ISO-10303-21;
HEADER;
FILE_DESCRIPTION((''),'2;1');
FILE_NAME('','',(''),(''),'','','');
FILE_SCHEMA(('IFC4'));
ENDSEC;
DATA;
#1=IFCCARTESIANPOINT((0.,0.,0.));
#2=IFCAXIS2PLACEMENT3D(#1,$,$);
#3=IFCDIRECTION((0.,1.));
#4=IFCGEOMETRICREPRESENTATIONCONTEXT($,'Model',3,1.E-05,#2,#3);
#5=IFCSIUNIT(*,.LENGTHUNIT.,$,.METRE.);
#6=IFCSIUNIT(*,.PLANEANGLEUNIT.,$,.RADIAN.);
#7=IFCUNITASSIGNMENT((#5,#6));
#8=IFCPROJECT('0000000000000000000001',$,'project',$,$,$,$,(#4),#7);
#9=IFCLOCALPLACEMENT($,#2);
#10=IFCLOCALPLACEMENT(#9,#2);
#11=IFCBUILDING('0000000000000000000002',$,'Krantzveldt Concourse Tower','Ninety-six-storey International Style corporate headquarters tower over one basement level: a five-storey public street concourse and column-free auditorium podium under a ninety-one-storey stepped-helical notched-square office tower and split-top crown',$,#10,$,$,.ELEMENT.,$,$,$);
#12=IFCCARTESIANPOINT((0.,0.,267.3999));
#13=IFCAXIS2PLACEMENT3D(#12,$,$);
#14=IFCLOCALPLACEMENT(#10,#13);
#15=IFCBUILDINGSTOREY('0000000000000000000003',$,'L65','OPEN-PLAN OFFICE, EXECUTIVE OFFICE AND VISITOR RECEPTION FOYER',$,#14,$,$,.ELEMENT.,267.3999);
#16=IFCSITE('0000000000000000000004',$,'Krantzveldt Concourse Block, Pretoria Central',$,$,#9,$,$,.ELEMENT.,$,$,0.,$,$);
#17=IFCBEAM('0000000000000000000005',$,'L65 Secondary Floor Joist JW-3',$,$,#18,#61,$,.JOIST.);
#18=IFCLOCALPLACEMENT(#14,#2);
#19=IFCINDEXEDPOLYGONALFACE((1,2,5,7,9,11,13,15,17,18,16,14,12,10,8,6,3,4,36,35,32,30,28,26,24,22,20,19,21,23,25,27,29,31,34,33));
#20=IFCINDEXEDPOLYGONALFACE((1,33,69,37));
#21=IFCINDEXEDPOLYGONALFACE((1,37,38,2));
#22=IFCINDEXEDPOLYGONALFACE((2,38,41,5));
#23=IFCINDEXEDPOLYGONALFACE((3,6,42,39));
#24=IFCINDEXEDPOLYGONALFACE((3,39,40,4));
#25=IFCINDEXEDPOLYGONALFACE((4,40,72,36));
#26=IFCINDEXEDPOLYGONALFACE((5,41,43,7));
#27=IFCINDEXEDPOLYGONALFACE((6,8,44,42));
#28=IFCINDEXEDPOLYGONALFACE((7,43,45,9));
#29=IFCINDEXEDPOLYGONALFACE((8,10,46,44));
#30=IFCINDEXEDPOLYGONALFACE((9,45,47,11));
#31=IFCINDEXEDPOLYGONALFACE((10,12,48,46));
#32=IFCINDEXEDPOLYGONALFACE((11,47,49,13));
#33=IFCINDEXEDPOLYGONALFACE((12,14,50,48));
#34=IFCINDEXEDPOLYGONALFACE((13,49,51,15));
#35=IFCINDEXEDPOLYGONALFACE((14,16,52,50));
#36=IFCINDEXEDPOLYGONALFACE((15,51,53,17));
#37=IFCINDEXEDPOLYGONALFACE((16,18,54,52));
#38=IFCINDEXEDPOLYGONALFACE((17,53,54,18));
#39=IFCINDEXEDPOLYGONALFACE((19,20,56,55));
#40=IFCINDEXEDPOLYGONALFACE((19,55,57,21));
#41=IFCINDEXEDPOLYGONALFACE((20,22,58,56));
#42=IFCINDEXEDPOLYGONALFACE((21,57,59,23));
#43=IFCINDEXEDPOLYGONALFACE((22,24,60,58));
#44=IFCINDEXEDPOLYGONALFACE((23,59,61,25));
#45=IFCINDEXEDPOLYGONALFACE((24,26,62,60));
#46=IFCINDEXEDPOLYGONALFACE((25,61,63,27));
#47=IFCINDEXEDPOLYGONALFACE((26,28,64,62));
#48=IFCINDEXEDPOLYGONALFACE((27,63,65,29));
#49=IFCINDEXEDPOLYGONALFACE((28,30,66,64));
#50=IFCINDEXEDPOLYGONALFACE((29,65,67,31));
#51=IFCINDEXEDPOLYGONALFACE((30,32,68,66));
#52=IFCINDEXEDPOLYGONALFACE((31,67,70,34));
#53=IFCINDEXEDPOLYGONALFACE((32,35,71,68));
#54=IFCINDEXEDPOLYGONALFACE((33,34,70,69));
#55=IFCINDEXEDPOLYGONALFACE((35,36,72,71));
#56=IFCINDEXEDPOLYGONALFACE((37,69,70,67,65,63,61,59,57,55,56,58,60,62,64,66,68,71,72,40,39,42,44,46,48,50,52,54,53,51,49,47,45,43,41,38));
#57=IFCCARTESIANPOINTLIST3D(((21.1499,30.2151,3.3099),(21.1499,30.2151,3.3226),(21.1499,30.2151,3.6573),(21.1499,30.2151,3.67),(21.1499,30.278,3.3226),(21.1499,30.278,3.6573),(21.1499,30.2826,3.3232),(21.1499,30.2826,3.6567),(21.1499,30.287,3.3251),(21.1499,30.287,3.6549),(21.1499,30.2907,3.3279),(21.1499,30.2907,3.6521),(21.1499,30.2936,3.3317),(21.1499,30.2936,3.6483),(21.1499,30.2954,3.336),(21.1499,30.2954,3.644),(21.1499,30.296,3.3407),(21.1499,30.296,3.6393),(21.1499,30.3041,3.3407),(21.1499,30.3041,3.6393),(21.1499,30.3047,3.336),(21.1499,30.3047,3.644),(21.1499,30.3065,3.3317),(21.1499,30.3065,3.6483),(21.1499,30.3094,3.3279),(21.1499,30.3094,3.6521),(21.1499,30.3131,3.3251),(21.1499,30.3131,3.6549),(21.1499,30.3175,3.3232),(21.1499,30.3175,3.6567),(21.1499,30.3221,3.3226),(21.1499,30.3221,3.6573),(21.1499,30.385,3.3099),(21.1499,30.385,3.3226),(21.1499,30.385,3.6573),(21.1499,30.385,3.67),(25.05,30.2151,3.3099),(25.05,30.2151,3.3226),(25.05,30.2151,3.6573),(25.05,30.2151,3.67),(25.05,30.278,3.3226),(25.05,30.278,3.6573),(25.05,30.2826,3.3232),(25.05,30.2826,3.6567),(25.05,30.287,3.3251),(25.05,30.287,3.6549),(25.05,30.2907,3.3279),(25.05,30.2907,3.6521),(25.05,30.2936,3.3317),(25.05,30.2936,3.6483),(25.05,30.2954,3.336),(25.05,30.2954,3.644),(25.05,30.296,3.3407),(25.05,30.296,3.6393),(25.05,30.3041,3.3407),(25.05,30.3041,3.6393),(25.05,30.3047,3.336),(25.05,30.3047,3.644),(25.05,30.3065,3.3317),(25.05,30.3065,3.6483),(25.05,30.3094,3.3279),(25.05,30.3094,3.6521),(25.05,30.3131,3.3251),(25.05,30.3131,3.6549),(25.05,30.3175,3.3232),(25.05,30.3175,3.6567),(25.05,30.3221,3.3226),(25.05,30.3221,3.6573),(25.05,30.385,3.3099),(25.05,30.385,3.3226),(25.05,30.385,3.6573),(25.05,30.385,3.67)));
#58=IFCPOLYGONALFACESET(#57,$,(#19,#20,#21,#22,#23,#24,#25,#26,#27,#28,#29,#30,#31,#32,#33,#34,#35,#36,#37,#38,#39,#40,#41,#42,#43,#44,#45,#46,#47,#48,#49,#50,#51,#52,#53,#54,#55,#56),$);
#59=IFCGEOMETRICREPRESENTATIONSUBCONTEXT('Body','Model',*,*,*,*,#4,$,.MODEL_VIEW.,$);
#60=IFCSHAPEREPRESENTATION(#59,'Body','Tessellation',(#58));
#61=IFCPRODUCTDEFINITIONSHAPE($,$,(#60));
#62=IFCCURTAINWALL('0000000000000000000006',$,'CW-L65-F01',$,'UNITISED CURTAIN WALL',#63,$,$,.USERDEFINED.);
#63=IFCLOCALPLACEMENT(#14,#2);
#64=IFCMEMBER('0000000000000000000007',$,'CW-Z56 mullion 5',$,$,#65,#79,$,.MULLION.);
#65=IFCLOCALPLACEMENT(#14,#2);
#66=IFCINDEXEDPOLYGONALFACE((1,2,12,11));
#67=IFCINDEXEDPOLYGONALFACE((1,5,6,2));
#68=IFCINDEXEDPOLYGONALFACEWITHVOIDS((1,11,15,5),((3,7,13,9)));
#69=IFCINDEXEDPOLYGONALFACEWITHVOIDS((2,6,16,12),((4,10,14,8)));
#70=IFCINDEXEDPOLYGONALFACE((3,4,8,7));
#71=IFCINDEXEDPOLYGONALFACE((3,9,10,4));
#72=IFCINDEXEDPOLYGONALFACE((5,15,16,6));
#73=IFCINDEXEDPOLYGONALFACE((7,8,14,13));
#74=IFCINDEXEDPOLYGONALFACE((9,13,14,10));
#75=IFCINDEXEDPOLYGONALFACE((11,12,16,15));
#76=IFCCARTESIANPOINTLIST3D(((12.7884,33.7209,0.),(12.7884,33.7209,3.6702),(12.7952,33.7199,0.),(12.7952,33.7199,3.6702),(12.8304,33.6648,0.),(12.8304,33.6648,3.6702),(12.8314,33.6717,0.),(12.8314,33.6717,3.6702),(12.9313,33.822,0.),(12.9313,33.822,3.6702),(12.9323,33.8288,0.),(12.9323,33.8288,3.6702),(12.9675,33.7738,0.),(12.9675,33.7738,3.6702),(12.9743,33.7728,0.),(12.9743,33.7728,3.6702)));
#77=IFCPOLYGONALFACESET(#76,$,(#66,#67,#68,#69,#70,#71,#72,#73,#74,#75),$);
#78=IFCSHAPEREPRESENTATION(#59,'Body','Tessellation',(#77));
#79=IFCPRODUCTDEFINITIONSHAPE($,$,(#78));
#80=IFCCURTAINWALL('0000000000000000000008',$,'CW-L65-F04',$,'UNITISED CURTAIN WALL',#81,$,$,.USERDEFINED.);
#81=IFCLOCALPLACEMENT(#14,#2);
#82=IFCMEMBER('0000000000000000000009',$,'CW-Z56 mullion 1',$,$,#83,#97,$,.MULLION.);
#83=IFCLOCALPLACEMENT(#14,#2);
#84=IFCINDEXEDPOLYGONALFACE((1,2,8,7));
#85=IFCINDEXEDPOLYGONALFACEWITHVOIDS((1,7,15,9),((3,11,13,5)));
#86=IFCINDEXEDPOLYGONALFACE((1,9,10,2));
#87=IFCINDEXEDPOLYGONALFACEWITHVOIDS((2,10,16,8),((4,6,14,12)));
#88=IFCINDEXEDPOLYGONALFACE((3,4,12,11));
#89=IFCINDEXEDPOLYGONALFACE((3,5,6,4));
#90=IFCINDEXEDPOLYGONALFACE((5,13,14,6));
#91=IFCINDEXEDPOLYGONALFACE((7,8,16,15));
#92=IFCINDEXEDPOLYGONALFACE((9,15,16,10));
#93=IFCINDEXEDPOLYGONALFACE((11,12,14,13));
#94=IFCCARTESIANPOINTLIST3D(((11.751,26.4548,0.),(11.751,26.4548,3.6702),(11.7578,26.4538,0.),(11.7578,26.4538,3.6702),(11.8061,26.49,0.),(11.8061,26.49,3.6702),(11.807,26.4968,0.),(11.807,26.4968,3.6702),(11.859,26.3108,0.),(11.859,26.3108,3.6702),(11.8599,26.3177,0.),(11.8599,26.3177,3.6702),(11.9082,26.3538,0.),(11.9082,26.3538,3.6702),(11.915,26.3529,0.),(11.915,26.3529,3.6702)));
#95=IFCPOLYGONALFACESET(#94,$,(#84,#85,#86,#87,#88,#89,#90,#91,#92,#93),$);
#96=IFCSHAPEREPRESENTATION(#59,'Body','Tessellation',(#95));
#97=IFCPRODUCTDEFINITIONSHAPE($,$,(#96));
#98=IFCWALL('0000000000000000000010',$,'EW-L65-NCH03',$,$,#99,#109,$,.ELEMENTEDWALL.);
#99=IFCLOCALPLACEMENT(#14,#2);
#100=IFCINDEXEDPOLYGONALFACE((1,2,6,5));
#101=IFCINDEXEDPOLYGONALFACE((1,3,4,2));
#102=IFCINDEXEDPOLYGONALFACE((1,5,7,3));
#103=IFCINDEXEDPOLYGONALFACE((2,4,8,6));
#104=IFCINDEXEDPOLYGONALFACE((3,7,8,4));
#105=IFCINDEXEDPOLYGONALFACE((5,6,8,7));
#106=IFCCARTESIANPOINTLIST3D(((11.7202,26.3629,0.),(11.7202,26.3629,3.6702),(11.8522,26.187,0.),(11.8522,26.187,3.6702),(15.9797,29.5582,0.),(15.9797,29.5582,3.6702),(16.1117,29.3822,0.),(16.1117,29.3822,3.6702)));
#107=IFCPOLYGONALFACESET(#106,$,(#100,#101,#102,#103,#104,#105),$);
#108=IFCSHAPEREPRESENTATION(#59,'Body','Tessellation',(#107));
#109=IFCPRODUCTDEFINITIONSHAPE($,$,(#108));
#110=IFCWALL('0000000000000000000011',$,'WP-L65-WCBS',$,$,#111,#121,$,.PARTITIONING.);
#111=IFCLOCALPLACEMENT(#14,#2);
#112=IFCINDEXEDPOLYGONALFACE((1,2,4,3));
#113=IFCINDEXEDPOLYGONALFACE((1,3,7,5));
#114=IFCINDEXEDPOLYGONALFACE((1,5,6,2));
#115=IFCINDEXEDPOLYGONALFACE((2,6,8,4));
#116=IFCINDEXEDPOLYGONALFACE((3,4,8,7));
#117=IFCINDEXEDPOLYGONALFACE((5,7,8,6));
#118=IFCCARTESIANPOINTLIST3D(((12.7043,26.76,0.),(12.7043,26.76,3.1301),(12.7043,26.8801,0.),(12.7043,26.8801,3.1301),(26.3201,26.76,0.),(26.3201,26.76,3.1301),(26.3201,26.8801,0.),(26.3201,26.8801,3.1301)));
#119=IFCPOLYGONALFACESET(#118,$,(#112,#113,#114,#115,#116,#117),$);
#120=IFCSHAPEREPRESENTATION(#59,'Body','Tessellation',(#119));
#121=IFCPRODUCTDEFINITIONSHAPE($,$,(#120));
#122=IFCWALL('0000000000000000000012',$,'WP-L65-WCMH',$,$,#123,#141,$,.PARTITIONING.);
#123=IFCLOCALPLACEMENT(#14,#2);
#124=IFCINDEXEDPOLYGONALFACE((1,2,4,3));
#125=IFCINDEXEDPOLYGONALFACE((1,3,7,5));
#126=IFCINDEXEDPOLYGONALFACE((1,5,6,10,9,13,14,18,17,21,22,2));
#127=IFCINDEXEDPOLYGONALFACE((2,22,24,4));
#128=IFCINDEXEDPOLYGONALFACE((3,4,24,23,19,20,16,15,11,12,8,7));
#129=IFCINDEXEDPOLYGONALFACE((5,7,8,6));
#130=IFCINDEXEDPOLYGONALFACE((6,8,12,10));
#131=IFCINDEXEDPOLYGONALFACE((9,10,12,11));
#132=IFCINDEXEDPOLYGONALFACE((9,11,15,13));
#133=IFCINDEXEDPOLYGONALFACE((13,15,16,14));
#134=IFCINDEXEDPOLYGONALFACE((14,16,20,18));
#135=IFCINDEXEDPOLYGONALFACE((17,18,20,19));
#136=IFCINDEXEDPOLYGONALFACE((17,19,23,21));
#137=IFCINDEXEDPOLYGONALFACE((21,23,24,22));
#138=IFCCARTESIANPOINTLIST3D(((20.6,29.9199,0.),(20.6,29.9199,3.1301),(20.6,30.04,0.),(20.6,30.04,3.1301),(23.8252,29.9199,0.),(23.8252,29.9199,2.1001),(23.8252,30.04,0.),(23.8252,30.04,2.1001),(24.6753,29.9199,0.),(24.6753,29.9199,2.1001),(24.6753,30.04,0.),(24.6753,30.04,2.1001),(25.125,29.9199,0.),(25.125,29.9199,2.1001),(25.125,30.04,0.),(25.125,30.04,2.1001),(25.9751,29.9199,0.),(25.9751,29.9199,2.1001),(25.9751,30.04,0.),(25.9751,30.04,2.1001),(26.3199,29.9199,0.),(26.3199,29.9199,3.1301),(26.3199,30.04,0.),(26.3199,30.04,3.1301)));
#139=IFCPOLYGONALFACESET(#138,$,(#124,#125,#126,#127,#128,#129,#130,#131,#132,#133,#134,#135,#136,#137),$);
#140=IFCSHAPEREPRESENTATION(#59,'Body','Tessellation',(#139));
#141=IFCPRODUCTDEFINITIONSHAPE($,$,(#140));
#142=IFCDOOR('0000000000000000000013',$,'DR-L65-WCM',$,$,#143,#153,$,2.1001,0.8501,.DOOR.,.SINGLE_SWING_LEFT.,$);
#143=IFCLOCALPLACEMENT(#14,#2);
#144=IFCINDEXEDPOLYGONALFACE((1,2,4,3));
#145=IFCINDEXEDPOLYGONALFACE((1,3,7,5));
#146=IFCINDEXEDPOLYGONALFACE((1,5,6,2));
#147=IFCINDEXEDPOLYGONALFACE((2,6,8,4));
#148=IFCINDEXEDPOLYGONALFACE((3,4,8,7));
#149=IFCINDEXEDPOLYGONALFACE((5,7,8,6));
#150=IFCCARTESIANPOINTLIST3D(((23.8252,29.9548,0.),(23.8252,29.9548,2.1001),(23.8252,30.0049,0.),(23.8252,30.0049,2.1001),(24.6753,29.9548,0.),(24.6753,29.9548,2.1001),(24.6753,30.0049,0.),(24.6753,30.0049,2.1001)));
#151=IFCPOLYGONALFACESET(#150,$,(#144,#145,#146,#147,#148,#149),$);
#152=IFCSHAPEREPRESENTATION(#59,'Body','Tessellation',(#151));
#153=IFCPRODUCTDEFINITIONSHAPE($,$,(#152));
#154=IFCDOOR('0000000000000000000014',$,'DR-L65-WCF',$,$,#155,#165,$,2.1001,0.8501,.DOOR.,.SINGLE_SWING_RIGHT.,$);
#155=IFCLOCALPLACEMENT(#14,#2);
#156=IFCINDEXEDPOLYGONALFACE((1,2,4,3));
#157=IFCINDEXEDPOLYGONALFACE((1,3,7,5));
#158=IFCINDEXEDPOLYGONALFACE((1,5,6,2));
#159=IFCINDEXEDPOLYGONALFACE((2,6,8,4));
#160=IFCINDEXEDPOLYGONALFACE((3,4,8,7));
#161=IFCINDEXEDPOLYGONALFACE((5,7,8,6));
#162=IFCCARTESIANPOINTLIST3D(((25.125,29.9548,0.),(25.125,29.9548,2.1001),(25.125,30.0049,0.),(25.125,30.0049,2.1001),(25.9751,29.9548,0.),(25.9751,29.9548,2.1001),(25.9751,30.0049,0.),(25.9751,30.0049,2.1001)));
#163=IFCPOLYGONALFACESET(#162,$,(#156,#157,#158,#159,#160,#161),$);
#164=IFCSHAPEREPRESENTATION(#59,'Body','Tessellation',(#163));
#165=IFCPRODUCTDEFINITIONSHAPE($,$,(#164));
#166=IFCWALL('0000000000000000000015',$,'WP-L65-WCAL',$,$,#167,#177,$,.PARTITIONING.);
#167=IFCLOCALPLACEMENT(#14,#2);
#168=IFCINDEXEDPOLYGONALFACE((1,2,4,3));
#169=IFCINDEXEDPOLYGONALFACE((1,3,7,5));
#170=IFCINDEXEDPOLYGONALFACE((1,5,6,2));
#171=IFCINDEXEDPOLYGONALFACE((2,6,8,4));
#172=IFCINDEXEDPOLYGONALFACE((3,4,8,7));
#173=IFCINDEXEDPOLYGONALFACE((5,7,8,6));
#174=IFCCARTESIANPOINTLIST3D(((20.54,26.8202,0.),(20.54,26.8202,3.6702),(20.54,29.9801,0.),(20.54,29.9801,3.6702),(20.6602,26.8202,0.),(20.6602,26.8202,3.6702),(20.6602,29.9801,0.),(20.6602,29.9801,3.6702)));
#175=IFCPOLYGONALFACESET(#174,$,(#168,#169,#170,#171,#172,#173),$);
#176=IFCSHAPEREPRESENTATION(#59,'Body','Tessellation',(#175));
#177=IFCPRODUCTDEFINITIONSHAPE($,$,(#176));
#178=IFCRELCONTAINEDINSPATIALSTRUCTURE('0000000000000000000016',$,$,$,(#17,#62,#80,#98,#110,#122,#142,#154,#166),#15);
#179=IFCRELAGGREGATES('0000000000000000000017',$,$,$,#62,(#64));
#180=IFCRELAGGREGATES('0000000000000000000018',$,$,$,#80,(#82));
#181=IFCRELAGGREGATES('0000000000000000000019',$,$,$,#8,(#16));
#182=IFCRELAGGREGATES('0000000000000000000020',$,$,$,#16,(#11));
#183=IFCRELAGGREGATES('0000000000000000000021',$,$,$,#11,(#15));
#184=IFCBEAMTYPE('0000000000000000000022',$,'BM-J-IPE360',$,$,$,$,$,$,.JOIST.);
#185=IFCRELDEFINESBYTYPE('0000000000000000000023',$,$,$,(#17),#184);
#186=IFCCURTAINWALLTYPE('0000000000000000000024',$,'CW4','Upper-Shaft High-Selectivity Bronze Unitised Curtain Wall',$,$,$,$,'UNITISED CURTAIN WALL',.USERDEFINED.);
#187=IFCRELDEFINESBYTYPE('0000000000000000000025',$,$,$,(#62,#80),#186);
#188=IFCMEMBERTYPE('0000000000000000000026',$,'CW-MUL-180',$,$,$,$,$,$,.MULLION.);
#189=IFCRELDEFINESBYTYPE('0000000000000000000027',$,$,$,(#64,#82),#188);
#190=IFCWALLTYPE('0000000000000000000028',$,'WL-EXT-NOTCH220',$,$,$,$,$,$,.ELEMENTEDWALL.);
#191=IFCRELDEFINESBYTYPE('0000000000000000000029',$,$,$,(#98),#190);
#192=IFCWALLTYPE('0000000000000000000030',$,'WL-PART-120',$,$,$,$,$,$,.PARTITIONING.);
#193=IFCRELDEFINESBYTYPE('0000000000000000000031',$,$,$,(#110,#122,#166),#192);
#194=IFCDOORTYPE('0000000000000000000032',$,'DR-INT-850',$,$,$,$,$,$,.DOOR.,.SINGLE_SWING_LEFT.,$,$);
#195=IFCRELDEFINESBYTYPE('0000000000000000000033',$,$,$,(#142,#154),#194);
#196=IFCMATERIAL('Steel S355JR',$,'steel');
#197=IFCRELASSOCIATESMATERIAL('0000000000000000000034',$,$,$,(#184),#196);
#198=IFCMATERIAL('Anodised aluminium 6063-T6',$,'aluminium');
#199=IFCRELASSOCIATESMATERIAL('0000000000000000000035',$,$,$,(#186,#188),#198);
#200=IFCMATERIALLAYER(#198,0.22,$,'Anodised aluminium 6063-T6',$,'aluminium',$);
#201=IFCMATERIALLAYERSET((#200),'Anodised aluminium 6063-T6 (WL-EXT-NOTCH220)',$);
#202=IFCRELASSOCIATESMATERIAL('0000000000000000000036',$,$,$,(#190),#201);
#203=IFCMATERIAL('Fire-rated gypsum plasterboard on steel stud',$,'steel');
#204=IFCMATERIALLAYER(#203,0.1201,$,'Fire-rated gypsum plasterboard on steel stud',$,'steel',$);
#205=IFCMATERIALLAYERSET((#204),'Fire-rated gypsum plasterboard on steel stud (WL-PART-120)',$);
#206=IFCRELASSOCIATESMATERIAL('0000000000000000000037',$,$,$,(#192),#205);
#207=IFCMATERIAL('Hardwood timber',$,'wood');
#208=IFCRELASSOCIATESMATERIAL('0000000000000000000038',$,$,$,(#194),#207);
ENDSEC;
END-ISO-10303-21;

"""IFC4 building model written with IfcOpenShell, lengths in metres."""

from ifc_helpers import new_model, si_unit, direction, frame, frame_2d, origin, origin_2d, place, context, subcontext, project, spatial, rectangle, hollow_rectangle, i_section, extrude, source, transform, mapped, material, layer, layer_set, material_profile, profile_set, type_object, type_shapes, element, fill, aggregate, save


model = new_model("IFC4")

# Units and contexts
model_context = context("Model", 3, precision=1e-05, world=origin(), true_north=direction((0.0, 1.0)))
body_context = subcontext(model_context, "Body", "Model", "MODEL_VIEW")
ifc_project = project(units=[si_unit("LENGTHUNIT", "METRE"), si_unit("PLANEANGLEUNIT", "RADIAN")], contexts=[model_context])

# Site, building, storey
site_placement = place(None, origin())
site = spatial("IfcSite", under=ifc_project, at=site_placement, Name="Krantzveldt Concourse Block, Pretoria Central", CompositionType="ELEMENT", RefElevation=0.0)
building_placement = place(site_placement, origin())
building = spatial("IfcBuilding", under=site, at=building_placement, Name="Krantzveldt Concourse Tower", Description="Ninety-six-storey International Style corporate headquarters tower over one basement level: a five-storey public street concourse and column-free auditorium podium under a ninety-one-storey stepped-helical notched-square office tower and split-top crown", CompositionType="ELEMENT")
storey_placement = place(building_placement, frame((0.0, 0.0, 267.3999)))
storey = spatial("IfcBuildingStorey", under=building, at=storey_placement, Name="L65", Description="OPEN-PLAN OFFICE, EXECUTIVE OFFICE AND VISITOR RECEPTION FOYER", CompositionType="ELEMENT", Elevation=267.3999)

# Beam
ifc_material_1 = material(Name="Steel S355JR", Category="steel")
ifc_material_profile_1 = material_profile(ifc_material_1, i_section(OverallWidth=0.1699, OverallDepth=0.3601, WebThickness=0.0081, FlangeThickness=0.0127, FilletRadius=0.0181, at=origin_2d()), Name="Steel S355JR", Category="steel")
ifc_profile_set_1 = profile_set([ifc_material_profile_1], Name="Steel S355JR - IPE 360")
beam_type_1 = type_object("IfcBeamType", Name="BM-J-IPE360", PredefinedType="JOIST", material=ifc_profile_set_1)
shared_shape_1 = source(origin(), body_context, "Body", "SweptSolid", [
    extrude(i_section(OverallWidth=0.1699, OverallDepth=0.3601, WebThickness=0.0081, FlangeThickness=0.0127, FilletRadius=0.0181, at=origin_2d()), origin(), (0.0, 0.0, 1.0), 3.9001),
])
beam_1_placement = place(storey_placement, frame((21.1499, 30.3, 3.49), z_axis=(1.0, 0.0, 0.0), x_axis=(0.0, 1.0, 0.0)))
element("IfcBeam", 1, at=beam_1_placement, inside=storey, type_object=beam_type_1, Name="L65 Secondary Floor Joist JW-3", PredefinedType="JOIST", context=body_context, shape_type="MappedRepresentation", body=[
    mapped(shared_shape_1, transform((0.0, 0.0, 0.0), x_axis=(1.0, 0.0, 0.0), y_axis=(0.0, 1.0, 0.0), z_axis=(0.0, 0.0, 1.0), scale=1.0)),
])

# Curtain walls, members
ifc_material_2 = material(Name="Anodised aluminium 6063-T6", Category="aluminium")
curtain_wall_type = type_object("IfcCurtainWallType", Name="CW4", Description="Upper-Shaft High-Selectivity Bronze Unitised Curtain Wall", ElementType="UNITISED CURTAIN WALL", PredefinedType="USERDEFINED", material=ifc_material_2)
curtain_wall_1_placement = place(storey_placement, origin())
curtain_wall_1 = element("IfcCurtainWall", 2, at=curtain_wall_1_placement, inside=storey, type_object=curtain_wall_type, Name="CW-L65-F01", ObjectType="UNITISED CURTAIN WALL", PredefinedType="USERDEFINED")
ifc_material_profile_2 = material_profile(ifc_material_2, hollow_rectangle(XDim=0.0701, YDim=0.1799, WallThickness=0.0049, at=origin_2d()), Name="Anodised aluminium 6063-T6", Category="aluminium")
ifc_profile_set_2 = profile_set([ifc_material_profile_2], Name="Anodised aluminium 6063-T6 - ALU-MULL 180x70x5")
member_type = type_object("IfcMemberType", Name="CW-MUL-180", PredefinedType="MULLION", material=ifc_profile_set_2)
shared_shape_2 = source(origin(), body_context, "Body", "SweptSolid", [
    extrude(hollow_rectangle(XDim=0.0701, YDim=0.1799, WallThickness=0.0049, at=origin_2d()), origin(), (0.0, 0.0, 1.0), 3.6702),
])
type_shapes(member_type, [shared_shape_2])
member_1_placement = place(storey_placement, frame((12.8813, 33.7468, 0.0), z_axis=(0.0, 0.0, 1.0), x_axis=(0.600071, -0.799947, 0.0)))
member_1 = element("IfcMember", 3, at=member_1_placement, type_object=member_type, Name="CW-Z56 mullion 5", PredefinedType="MULLION", context=body_context, shape_type="MappedRepresentation", body=[
    mapped(shared_shape_2, transform((0.0, 0.0, 0.0), x_axis=(1.0, 0.0, 0.0), y_axis=(0.0, 1.0, 0.0), z_axis=(0.0, 0.0, 1.0), scale=1.0)),
])
aggregate(curtain_wall_1, [member_1])
curtain_wall_2_placement = place(storey_placement, origin())
curtain_wall_2 = element("IfcCurtainWall", 4, at=curtain_wall_2_placement, inside=storey, type_object=curtain_wall_type, Name="CW-L65-F04", ObjectType="UNITISED CURTAIN WALL", PredefinedType="USERDEFINED")
member_2_placement = place(storey_placement, frame((11.833, 26.4038, 0.0), z_axis=(0.0, 0.0, 1.0), x_axis=(0.799947, 0.600071, 0.0)))
member_2 = element("IfcMember", 5, at=member_2_placement, type_object=member_type, Name="CW-Z56 mullion 1", PredefinedType="MULLION", context=body_context, shape_type="MappedRepresentation", body=[
    mapped(shared_shape_2, transform((0.0, 0.0, 0.0), x_axis=(1.0, 0.0, 0.0), y_axis=(0.0, 1.0, 0.0), z_axis=(0.0, 0.0, 1.0), scale=1.0)),
])
aggregate(curtain_wall_2, [member_2])

# Walls
ifc_layer_1 = layer(ifc_material_2, 0.22, Name="Anodised aluminium 6063-T6", Category="aluminium")
ifc_layer_set_1 = layer_set([ifc_layer_1], Name="Anodised aluminium 6063-T6 (WL-EXT-NOTCH220)")
wall_type_1 = type_object("IfcWallType", Name="WL-EXT-NOTCH220", PredefinedType="ELEMENTEDWALL", material=ifc_layer_set_1)
wall_1_placement = place(storey_placement, frame((16.0457, 29.4702, 0.0), z_axis=(0.0, 0.0, 1.0), x_axis=(-0.799939, -0.600081, 0.0)))
element("IfcWall", 6, at=wall_1_placement, inside=storey, type_object=wall_type_1, Name="EW-L65-NCH03", PredefinedType="ELEMENTEDWALL", context=body_context, shape_type="SweptSolid", body=[
    extrude(rectangle(XDim=5.3247, YDim=0.22, at=frame_2d((2.6624, 0.0))), origin(), (0.0, 0.0, 1.0), 3.6702),
])
ifc_material_3 = material(Name="Fire-rated gypsum plasterboard on steel stud", Category="steel")
ifc_layer_2 = layer(ifc_material_3, 0.1201, Name="Fire-rated gypsum plasterboard on steel stud", Category="steel")
ifc_layer_set_2 = layer_set([ifc_layer_2], Name="Fire-rated gypsum plasterboard on steel stud (WL-PART-120)")
wall_type_2 = type_object("IfcWallType", Name="WL-PART-120", PredefinedType="PARTITIONING", material=ifc_layer_set_2)
wall_2_placement = place(storey_placement, frame((12.7043, 26.8201, 0.0), z_axis=(0.0, 0.0, 1.0), x_axis=(1.0, 0.0, 0.0)))
element("IfcWall", 7, at=wall_2_placement, inside=storey, type_object=wall_type_2, Name="WP-L65-WCBS", PredefinedType="PARTITIONING", context=body_context, shape_type="SweptSolid", body=[
    extrude(rectangle(XDim=13.6157, YDim=0.1201, at=frame_2d((6.8079, 0.0))), origin(), (0.0, 0.0, 1.0), 3.1301),
])

# Wall, openings, doors
wall_3_placement = place(storey_placement, frame((20.6001, 29.98, 0.0), z_axis=(0.0, 0.0, 1.0), x_axis=(1.0, 0.0, 0.0)))
wall_3 = element("IfcWall", 8, at=wall_3_placement, inside=storey, type_object=wall_type_2, Name="WP-L65-WCMH", PredefinedType="PARTITIONING", context=body_context, shape_type="SweptSolid", body=[
    extrude(rectangle(XDim=5.72, YDim=0.1201, at=frame_2d((2.8599, 0.0))), origin(), (0.0, 0.0, 1.0), 3.1301),
])
opening_1_placement = place(wall_3_placement, frame((3.2251, 0.0, 0.0)))
opening_1 = element("IfcOpeningElement", 9, at=opening_1_placement, cuts=wall_3, PredefinedType="OPENING", context=body_context, shape_type="SweptSolid", body=[
    extrude(rectangle(XDim=0.8501, YDim=2.1001, at=frame_2d((0.425, 1.05))), frame((0.0, 0.0701, 0.0), z_axis=(0.0, -1.0, 0.0), x_axis=(1.0, 0.0, 0.0)), (0.0, 0.0, 1.0), 0.1401),
])
opening_2_placement = place(wall_3_placement, frame((4.5249, 0.0, 0.0)))
opening_2 = element("IfcOpeningElement", 10, at=opening_2_placement, cuts=wall_3, PredefinedType="OPENING", context=body_context, shape_type="SweptSolid", body=[
    extrude(rectangle(XDim=0.8501, YDim=2.1001, at=frame_2d((0.425, 1.05))), frame((0.0, 0.0701, 0.0), z_axis=(0.0, -1.0, 0.0), x_axis=(1.0, 0.0, 0.0)), (0.0, 0.0, 1.0), 0.1401),
])
ifc_material_4 = material(Name="Hardwood timber", Category="wood")
door_type_1 = type_object("IfcDoorType", Name="DR-INT-850", OperationType="SINGLE_SWING_LEFT", PredefinedType="DOOR", material=ifc_material_4)
door_1_placement = place(opening_1_placement, origin())
door_1 = element("IfcDoor", 11, at=door_1_placement, inside=storey, type_object=door_type_1, Name="DR-L65-WCM", OperationType="SINGLE_SWING_LEFT", OverallHeight=2.1001, OverallWidth=0.8501, PredefinedType="DOOR", context=body_context, shape_type="SweptSolid", body=[
    extrude(rectangle(XDim=0.8501, YDim=2.1001, at=frame_2d((0.425, 1.05))), frame((0.0, 0.0249, 0.0), z_axis=(0.0, -1.0, 0.0), x_axis=(1.0, 0.0, 0.0)), (0.0, 0.0, 1.0), 0.05),
])
fill(opening_1, door_1)
door_2_placement = place(opening_2_placement, origin())
door_2 = element("IfcDoor", 12, at=door_2_placement, inside=storey, type_object=door_type_1, Name="DR-L65-WCF", OperationType="SINGLE_SWING_RIGHT", OverallHeight=2.1001, OverallWidth=0.8501, PredefinedType="DOOR", context=body_context, shape_type="SweptSolid", body=[
    extrude(rectangle(XDim=0.8501, YDim=2.1001, at=frame_2d((0.425, 1.05))), frame((0.0, 0.0249, 0.0), z_axis=(0.0, -1.0, 0.0), x_axis=(1.0, 0.0, 0.0)), (0.0, 0.0, 1.0), 0.05),
])
fill(opening_2, door_2)

# Wall
wall_4_placement = place(storey_placement, frame((20.6001, 26.8201, 0.0), z_axis=(0.0, 0.0, 1.0), x_axis=(0.0, 1.0, 0.0)))
element("IfcWall", 13, at=wall_4_placement, inside=storey, type_object=wall_type_2, Name="WP-L65-WCAL", PredefinedType="PARTITIONING", context=body_context, shape_type="SweptSolid", body=[
    extrude(rectangle(XDim=3.1599, YDim=0.1201, at=frame_2d((1.5801, 0.0))), origin(), (0.0, 0.0, 1.0), 3.6702),
])

save(model, "model.ifc")
